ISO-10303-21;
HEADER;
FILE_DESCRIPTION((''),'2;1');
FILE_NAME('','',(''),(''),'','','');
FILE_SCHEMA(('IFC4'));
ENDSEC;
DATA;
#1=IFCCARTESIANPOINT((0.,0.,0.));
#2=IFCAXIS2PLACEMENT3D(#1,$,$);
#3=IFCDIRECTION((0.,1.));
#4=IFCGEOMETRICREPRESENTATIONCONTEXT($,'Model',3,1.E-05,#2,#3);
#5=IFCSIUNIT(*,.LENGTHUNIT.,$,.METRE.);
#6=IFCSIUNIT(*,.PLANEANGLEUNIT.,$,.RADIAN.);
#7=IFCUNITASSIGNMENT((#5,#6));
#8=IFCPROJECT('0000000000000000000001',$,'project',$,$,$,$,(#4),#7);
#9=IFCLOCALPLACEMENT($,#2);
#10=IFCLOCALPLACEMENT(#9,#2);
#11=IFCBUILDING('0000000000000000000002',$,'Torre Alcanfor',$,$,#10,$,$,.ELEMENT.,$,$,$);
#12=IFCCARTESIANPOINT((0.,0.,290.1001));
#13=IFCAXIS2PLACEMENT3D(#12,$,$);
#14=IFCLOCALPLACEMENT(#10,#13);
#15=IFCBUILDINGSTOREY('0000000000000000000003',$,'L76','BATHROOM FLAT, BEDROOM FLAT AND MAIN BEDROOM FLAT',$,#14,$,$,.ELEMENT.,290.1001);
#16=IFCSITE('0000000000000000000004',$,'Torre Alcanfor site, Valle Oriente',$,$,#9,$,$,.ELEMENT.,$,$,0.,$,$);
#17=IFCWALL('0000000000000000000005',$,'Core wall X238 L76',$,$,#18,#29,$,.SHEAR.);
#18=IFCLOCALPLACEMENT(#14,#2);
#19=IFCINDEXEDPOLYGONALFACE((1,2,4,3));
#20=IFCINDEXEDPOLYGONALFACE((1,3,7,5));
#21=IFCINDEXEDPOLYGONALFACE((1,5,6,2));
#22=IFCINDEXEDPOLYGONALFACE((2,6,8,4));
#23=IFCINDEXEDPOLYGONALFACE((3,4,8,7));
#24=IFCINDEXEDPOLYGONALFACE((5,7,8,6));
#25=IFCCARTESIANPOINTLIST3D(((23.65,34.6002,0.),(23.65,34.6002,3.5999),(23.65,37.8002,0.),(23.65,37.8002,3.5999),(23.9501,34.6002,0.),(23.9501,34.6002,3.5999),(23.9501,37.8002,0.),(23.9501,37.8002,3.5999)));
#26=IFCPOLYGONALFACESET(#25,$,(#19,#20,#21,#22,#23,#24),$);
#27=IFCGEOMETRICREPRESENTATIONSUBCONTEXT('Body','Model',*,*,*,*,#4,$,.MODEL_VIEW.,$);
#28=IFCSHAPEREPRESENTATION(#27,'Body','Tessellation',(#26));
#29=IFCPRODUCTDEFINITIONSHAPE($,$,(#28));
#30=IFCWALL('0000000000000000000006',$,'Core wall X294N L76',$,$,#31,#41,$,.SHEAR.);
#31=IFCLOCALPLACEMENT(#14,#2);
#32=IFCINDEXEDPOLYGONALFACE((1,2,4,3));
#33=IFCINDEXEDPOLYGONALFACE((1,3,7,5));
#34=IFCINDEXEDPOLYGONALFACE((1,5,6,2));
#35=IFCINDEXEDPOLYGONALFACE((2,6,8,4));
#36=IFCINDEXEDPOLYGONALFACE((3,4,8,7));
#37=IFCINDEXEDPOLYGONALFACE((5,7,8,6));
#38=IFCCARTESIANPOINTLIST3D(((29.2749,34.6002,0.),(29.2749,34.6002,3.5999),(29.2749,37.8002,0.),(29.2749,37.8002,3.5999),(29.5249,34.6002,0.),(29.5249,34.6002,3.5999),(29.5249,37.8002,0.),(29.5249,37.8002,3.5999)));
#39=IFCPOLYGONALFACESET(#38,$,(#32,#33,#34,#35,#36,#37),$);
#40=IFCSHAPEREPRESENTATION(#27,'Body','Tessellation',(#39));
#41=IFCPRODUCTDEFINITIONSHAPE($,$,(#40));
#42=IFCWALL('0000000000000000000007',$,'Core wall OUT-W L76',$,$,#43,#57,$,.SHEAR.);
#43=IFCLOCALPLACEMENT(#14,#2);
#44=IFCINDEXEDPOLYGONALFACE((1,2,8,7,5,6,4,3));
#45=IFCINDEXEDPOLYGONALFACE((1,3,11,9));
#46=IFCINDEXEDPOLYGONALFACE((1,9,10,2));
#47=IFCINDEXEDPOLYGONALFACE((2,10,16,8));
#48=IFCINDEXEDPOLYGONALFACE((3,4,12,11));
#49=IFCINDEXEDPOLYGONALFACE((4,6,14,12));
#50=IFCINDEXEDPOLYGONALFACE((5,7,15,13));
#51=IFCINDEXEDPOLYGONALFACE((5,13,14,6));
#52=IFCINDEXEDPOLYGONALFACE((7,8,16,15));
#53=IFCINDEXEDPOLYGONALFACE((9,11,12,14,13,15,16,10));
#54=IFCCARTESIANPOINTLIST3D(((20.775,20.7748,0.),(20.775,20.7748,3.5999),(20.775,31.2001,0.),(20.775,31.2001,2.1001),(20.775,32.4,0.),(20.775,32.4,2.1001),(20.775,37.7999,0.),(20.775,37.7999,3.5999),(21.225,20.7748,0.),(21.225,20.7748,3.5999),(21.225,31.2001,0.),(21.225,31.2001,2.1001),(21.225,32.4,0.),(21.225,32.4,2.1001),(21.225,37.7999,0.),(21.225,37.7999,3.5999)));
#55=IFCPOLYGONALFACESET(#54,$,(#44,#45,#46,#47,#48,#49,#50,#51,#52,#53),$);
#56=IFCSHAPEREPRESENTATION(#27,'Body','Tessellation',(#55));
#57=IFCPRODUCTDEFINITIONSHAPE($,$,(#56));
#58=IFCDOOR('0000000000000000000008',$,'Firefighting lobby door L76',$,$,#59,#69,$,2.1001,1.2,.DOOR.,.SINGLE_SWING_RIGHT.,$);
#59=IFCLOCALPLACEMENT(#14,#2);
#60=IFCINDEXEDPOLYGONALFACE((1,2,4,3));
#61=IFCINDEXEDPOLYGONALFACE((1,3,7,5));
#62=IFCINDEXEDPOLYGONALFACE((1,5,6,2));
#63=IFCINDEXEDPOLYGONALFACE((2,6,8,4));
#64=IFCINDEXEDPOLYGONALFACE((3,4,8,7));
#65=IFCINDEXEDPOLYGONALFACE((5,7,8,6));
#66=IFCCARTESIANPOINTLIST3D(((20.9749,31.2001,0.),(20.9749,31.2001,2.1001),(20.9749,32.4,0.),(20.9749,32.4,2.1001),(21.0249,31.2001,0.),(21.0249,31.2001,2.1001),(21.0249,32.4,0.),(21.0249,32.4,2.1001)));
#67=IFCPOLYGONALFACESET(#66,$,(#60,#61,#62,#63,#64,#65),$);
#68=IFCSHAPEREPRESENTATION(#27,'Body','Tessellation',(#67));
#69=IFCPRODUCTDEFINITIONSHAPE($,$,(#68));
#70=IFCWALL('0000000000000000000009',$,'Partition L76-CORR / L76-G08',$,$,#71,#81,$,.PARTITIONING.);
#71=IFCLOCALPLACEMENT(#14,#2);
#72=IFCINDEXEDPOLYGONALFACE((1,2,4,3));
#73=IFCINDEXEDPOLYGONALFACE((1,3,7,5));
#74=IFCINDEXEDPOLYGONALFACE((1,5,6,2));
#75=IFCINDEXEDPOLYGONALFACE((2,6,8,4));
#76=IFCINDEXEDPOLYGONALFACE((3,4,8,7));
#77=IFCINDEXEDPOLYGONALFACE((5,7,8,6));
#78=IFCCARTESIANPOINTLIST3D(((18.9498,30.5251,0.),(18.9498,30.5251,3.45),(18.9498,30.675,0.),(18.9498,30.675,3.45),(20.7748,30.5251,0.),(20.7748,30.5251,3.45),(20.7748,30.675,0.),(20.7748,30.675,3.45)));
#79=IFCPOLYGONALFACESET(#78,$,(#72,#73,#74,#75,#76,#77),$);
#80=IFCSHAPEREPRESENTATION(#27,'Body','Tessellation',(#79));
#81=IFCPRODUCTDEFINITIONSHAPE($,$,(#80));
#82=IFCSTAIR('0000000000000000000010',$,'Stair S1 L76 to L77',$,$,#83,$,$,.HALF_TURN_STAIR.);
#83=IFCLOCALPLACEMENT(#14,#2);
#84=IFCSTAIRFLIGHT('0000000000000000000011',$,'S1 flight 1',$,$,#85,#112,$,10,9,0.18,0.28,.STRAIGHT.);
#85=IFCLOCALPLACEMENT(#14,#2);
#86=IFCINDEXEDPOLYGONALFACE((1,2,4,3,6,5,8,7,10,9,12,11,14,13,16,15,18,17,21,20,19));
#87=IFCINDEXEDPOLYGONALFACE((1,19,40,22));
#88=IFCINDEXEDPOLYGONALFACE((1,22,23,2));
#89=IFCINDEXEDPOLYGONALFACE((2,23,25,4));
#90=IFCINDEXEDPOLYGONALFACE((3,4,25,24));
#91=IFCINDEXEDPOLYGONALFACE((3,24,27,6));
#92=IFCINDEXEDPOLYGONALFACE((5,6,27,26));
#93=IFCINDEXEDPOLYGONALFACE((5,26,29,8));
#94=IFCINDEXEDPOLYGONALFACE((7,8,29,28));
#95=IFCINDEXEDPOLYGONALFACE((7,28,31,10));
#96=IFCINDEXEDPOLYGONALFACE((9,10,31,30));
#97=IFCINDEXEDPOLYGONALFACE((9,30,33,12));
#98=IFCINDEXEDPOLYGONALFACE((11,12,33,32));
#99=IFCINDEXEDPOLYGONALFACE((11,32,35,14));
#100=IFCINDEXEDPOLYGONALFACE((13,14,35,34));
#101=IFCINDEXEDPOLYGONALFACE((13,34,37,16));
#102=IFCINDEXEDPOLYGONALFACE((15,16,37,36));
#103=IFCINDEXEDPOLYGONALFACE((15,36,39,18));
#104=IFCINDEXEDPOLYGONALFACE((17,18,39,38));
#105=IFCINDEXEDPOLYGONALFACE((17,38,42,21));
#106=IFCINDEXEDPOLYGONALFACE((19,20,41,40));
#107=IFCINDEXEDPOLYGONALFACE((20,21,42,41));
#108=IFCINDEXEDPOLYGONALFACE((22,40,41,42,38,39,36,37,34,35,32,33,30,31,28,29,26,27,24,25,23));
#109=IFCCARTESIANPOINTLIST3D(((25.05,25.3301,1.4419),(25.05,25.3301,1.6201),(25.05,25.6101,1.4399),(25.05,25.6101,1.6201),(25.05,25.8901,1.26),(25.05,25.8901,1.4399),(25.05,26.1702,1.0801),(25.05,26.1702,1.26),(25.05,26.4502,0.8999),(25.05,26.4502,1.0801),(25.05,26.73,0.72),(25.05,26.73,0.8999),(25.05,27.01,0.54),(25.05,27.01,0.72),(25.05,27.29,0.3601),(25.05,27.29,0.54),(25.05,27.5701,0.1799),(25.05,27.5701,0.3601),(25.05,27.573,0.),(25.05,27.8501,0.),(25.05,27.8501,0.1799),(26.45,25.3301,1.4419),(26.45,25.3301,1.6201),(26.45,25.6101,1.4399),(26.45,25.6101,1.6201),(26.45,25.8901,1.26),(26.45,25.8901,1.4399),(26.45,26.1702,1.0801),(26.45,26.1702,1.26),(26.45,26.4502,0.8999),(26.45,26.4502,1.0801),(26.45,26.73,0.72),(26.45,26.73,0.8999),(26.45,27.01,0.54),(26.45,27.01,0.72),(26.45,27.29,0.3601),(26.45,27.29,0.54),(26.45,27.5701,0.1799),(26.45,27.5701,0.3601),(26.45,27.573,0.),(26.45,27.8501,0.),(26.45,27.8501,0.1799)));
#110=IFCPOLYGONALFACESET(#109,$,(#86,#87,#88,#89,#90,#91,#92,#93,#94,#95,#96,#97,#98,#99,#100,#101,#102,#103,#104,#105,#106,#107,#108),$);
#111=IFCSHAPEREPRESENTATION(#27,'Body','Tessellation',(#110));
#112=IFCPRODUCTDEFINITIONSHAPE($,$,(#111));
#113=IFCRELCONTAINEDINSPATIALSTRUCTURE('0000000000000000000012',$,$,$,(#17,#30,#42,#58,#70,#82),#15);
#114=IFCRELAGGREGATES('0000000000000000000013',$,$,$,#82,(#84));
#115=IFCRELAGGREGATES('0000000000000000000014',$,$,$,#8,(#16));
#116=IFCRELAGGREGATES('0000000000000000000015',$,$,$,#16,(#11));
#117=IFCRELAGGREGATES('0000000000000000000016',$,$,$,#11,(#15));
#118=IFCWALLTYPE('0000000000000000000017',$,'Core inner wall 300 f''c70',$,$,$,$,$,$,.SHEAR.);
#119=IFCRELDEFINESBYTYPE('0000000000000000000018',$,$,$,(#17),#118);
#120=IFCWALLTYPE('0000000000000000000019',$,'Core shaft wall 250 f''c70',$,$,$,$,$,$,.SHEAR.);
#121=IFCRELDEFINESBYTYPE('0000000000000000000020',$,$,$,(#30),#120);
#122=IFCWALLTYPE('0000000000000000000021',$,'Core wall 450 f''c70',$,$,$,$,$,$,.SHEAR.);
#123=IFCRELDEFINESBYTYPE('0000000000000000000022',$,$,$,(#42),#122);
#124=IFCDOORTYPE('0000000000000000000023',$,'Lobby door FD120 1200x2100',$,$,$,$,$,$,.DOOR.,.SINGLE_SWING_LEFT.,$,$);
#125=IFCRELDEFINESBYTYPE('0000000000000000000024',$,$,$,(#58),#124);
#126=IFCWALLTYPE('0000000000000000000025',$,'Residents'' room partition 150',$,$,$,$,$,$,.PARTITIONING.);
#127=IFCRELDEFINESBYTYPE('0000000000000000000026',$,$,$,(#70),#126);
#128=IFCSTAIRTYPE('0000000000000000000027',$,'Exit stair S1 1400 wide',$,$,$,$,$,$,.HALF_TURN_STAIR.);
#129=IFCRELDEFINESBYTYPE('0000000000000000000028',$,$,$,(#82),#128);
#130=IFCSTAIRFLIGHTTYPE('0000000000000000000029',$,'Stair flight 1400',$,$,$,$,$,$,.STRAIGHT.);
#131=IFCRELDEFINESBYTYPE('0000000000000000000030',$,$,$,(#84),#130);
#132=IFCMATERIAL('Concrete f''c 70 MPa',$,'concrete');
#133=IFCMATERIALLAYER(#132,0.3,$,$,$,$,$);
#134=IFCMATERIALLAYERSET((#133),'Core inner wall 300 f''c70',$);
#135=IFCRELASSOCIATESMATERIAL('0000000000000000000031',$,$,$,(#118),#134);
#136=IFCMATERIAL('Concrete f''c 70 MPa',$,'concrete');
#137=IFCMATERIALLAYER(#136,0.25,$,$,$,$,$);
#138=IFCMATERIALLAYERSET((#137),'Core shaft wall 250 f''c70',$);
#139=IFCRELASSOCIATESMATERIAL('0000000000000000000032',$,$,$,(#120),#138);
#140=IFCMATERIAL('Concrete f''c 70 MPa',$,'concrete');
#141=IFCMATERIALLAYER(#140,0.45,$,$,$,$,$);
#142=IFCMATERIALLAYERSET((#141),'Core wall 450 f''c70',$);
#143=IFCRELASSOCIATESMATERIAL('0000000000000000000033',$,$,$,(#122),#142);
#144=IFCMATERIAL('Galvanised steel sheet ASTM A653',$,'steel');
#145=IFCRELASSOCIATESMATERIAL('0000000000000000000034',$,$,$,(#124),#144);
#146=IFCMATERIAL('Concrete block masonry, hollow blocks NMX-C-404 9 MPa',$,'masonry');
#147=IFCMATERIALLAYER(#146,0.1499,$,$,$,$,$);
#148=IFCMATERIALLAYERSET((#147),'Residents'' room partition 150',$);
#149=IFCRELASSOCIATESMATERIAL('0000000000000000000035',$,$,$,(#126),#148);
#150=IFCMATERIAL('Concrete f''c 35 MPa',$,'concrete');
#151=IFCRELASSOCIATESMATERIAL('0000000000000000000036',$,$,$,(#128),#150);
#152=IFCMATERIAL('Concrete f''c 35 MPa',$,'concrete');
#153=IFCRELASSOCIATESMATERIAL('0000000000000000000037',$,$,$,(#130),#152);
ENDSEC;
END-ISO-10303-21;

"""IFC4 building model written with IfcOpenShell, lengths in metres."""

from ifc_helpers import new_model, si_unit, direction, frame, frame_2d, origin, place, context, subcontext, project, spatial, polyline, rectangle, outline, extrude, material, layer, layer_set, type_object, element, fill, aggregate, save


model = new_model("IFC4")

# Units and contexts
model_context = context("Model", 3, precision=1e-05, world=origin(), true_north=direction((0.0, 1.0)))
body_context = subcontext(model_context, "Body", "Model", "MODEL_VIEW")
ifc_project = project(units=[si_unit("LENGTHUNIT", "METRE"), si_unit("PLANEANGLEUNIT", "RADIAN")], contexts=[model_context])

# Site, building, storey
site_placement = place(None, origin())
site = spatial("IfcSite", under=ifc_project, at=site_placement, Name="Torre Alcanfor site, Valle Oriente", CompositionType="ELEMENT", RefElevation=0.0)
building_placement = place(site_placement, origin())
building = spatial("IfcBuilding", under=site, at=building_placement, Name="Torre Alcanfor", CompositionType="ELEMENT")
storey_placement = place(building_placement, frame((0.0, 0.0, 290.1001)))
storey = spatial("IfcBuildingStorey", under=building, at=storey_placement, Name="L76", Description="BATHROOM FLAT, BEDROOM FLAT AND MAIN BEDROOM FLAT", CompositionType="ELEMENT", Elevation=290.1001)

# Shared definitions
ifc_material_1 = material(Name="Concrete f'c 70 MPa", Category="concrete")
ifc_layer_1 = layer(ifc_material_1, 0.3)
ifc_layer_set_1 = layer_set([ifc_layer_1], Name="Core inner wall 300 f'c70")
wall_type_1 = type_object("IfcWallType", Name="Core inner wall 300 f'c70", PredefinedType="SHEAR", material=ifc_layer_set_1)

# Walls
wall_1_placement = place(storey_placement, frame((23.8, 34.6001, 0.0), z_axis=(0.0, 0.0, 1.0), x_axis=(0.0, 1.0, 0.0)))
element("IfcWall", 1, at=wall_1_placement, inside=storey, type_object=wall_type_1, Name="Core wall X238 L76", PredefinedType="SHEAR", context=body_context, shape_type="SweptSolid", body=[
    extrude(rectangle(XDim=3.2, YDim=0.3, at=frame_2d((1.6001, 0.0))), origin(), (0.0, 0.0, 1.0), 3.5999),
])
ifc_material_2 = material(Name="Concrete f'c 70 MPa", Category="concrete")
ifc_layer_2 = layer(ifc_material_2, 0.25)
ifc_layer_set_2 = layer_set([ifc_layer_2], Name="Core shaft wall 250 f'c70")
wall_type_2 = type_object("IfcWallType", Name="Core shaft wall 250 f'c70", PredefinedType="SHEAR", material=ifc_layer_set_2)
wall_2_placement = place(storey_placement, frame((29.3999, 34.6001, 0.0), z_axis=(0.0, 0.0, 1.0), x_axis=(0.0, 1.0, 0.0)))
element("IfcWall", 2, at=wall_2_placement, inside=storey, type_object=wall_type_2, Name="Core wall X294N L76", PredefinedType="SHEAR", context=body_context, shape_type="SweptSolid", body=[
    extrude(rectangle(XDim=3.2, YDim=0.25, at=frame_2d((1.6001, 0.0))), origin(), (0.0, 0.0, 1.0), 3.5999),
])

# Wall, opening, door
ifc_material_3 = material(Name="Concrete f'c 70 MPa", Category="concrete")
ifc_layer_3 = layer(ifc_material_3, 0.45)
ifc_layer_set_3 = layer_set([ifc_layer_3], Name="Core wall 450 f'c70")
wall_type_3 = type_object("IfcWallType", Name="Core wall 450 f'c70", PredefinedType="SHEAR", material=ifc_layer_set_3)
wall_3_placement = place(storey_placement, frame((21.0, 37.8, 0.0), z_axis=(0.0, 0.0, 1.0), x_axis=(0.0, -1.0, 0.0)))
wall_3 = element("IfcWall", 3, at=wall_3_placement, inside=storey, type_object=wall_type_3, Name="Core wall OUT-W L76", PredefinedType="SHEAR", context=body_context, shape_type="SweptSolid", body=[
    extrude(rectangle(XDim=17.0251, YDim=0.45, at=frame_2d((8.5127, 0.0))), origin(), (0.0, 0.0, 1.0), 3.5999),
])
opening_1_placement = place(wall_3_placement, frame((5.3999, 0.0, 0.0)))
opening_1 = element("IfcOpeningElement", 4, at=opening_1_placement, cuts=wall_3, PredefinedType="OPENING", context=body_context, shape_type="SweptSolid", body=[
    extrude(rectangle(XDim=1.2, YDim=2.1001, at=frame_2d((0.6001, 1.05))), frame((0.0, 0.2349, 0.0), z_axis=(0.0, -1.0, 0.0), x_axis=(1.0, 0.0, 0.0)), (0.0, 0.0, 1.0), 0.47),
])
ifc_material_4 = material(Name="Galvanised steel sheet ASTM A653", Category="steel")
door_type_1 = type_object("IfcDoorType", Name="Lobby door FD120 1200x2100", OperationType="SINGLE_SWING_LEFT", PredefinedType="DOOR", material=ifc_material_4)
door_1_placement = place(opening_1_placement, origin())
door_1 = element("IfcDoor", 5, at=door_1_placement, inside=storey, type_object=door_type_1, Name="Firefighting lobby door L76", OperationType="SINGLE_SWING_RIGHT", OverallHeight=2.1001, OverallWidth=1.2, PredefinedType="DOOR", context=body_context, shape_type="SweptSolid", body=[
    extrude(rectangle(XDim=1.2, YDim=2.1001, at=frame_2d((0.6001, 1.05))), frame((0.0, 0.0249, 0.0), z_axis=(0.0, -1.0, 0.0), x_axis=(1.0, 0.0, 0.0)), (0.0, 0.0, 1.0), 0.05),
])
fill(opening_1, door_1)

# Wall
ifc_material_5 = material(Name="Concrete block masonry, hollow blocks NMX-C-404 9 MPa", Category="masonry")
ifc_layer_4 = layer(ifc_material_5, 0.1499)
ifc_layer_set_4 = layer_set([ifc_layer_4], Name="Residents' room partition 150")
wall_type_4 = type_object("IfcWallType", Name="Residents' room partition 150", PredefinedType="PARTITIONING", material=ifc_layer_set_4)
wall_4_placement = place(storey_placement, frame((20.7749, 30.6001, 0.0), z_axis=(0.0, 0.0, 1.0), x_axis=(-1.0, 0.0, 0.0)))
element("IfcWall", 6, at=wall_4_placement, inside=storey, type_object=wall_type_4, Name="Partition L76-CORR / L76-G08", PredefinedType="PARTITIONING", context=body_context, shape_type="SweptSolid", body=[
    extrude(rectangle(XDim=1.825, YDim=0.1499, at=frame_2d((0.9126, 0.0))), origin(), (0.0, 0.0, 1.0), 3.45),
])

# Stair, stair flight
ifc_material_6 = material(Name="Concrete f'c 35 MPa", Category="concrete")
stair_type = type_object("IfcStairType", Name="Exit stair S1 1400 wide", PredefinedType="HALF_TURN_STAIR", material=ifc_material_6)
stair_placement = place(storey_placement, origin())
stair = element("IfcStair", 7, at=stair_placement, inside=storey, type_object=stair_type, Name="Stair S1 L76 to L77", PredefinedType="HALF_TURN_STAIR")
ifc_material_7 = material(Name="Concrete f'c 35 MPa", Category="concrete")
stair_flight_type = type_object("IfcStairFlightType", Name="Stair flight 1400", PredefinedType="STRAIGHT", material=ifc_material_7)
stair_flight_placement = place(storey_placement, frame((25.75, 27.8501, 0.0), z_axis=(0.0, 0.0, 1.0), x_axis=(0.0, -1.0, 0.0)))
stair_flight = element("IfcStairFlight", 8, at=stair_flight_placement, type_object=stair_flight_type, Name="S1 flight 1", NumberOfRisers=10, NumberOfTreads=9, PredefinedType="STRAIGHT", RiserHeight=0.18, TreadLength=0.28, context=body_context, shape_type="SweptSolid", body=[
    extrude(outline(polyline([(0.0, 0.0), (0.0, 0.1799), (0.28, 0.1799), (0.28, 0.3601), (0.5601, 0.3601), (0.5601, 0.54), (0.8401, 0.54), (0.8401, 0.72), (1.1201, 0.72), (1.1201, 0.8999), (1.3999, 0.8999), (1.3999, 1.0801), (1.6799, 1.0801), (1.6799, 1.26), (1.96, 1.26), (1.96, 1.4399), (2.24, 1.4399), (2.24, 1.6201), (2.52, 1.6201), (2.52, 1.8), (2.52, 1.4419), (0.2771, 0.0), (0.0, 0.0)])), frame((0.0, 0.7, 0.0), z_axis=(0.0, -1.0, 0.0), x_axis=(1.0, 0.0, 0.0)), (0.0, 0.0, 1.0), 1.3999),
])
aggregate(stair, [stair_flight])

save(model, "model.ifc")
